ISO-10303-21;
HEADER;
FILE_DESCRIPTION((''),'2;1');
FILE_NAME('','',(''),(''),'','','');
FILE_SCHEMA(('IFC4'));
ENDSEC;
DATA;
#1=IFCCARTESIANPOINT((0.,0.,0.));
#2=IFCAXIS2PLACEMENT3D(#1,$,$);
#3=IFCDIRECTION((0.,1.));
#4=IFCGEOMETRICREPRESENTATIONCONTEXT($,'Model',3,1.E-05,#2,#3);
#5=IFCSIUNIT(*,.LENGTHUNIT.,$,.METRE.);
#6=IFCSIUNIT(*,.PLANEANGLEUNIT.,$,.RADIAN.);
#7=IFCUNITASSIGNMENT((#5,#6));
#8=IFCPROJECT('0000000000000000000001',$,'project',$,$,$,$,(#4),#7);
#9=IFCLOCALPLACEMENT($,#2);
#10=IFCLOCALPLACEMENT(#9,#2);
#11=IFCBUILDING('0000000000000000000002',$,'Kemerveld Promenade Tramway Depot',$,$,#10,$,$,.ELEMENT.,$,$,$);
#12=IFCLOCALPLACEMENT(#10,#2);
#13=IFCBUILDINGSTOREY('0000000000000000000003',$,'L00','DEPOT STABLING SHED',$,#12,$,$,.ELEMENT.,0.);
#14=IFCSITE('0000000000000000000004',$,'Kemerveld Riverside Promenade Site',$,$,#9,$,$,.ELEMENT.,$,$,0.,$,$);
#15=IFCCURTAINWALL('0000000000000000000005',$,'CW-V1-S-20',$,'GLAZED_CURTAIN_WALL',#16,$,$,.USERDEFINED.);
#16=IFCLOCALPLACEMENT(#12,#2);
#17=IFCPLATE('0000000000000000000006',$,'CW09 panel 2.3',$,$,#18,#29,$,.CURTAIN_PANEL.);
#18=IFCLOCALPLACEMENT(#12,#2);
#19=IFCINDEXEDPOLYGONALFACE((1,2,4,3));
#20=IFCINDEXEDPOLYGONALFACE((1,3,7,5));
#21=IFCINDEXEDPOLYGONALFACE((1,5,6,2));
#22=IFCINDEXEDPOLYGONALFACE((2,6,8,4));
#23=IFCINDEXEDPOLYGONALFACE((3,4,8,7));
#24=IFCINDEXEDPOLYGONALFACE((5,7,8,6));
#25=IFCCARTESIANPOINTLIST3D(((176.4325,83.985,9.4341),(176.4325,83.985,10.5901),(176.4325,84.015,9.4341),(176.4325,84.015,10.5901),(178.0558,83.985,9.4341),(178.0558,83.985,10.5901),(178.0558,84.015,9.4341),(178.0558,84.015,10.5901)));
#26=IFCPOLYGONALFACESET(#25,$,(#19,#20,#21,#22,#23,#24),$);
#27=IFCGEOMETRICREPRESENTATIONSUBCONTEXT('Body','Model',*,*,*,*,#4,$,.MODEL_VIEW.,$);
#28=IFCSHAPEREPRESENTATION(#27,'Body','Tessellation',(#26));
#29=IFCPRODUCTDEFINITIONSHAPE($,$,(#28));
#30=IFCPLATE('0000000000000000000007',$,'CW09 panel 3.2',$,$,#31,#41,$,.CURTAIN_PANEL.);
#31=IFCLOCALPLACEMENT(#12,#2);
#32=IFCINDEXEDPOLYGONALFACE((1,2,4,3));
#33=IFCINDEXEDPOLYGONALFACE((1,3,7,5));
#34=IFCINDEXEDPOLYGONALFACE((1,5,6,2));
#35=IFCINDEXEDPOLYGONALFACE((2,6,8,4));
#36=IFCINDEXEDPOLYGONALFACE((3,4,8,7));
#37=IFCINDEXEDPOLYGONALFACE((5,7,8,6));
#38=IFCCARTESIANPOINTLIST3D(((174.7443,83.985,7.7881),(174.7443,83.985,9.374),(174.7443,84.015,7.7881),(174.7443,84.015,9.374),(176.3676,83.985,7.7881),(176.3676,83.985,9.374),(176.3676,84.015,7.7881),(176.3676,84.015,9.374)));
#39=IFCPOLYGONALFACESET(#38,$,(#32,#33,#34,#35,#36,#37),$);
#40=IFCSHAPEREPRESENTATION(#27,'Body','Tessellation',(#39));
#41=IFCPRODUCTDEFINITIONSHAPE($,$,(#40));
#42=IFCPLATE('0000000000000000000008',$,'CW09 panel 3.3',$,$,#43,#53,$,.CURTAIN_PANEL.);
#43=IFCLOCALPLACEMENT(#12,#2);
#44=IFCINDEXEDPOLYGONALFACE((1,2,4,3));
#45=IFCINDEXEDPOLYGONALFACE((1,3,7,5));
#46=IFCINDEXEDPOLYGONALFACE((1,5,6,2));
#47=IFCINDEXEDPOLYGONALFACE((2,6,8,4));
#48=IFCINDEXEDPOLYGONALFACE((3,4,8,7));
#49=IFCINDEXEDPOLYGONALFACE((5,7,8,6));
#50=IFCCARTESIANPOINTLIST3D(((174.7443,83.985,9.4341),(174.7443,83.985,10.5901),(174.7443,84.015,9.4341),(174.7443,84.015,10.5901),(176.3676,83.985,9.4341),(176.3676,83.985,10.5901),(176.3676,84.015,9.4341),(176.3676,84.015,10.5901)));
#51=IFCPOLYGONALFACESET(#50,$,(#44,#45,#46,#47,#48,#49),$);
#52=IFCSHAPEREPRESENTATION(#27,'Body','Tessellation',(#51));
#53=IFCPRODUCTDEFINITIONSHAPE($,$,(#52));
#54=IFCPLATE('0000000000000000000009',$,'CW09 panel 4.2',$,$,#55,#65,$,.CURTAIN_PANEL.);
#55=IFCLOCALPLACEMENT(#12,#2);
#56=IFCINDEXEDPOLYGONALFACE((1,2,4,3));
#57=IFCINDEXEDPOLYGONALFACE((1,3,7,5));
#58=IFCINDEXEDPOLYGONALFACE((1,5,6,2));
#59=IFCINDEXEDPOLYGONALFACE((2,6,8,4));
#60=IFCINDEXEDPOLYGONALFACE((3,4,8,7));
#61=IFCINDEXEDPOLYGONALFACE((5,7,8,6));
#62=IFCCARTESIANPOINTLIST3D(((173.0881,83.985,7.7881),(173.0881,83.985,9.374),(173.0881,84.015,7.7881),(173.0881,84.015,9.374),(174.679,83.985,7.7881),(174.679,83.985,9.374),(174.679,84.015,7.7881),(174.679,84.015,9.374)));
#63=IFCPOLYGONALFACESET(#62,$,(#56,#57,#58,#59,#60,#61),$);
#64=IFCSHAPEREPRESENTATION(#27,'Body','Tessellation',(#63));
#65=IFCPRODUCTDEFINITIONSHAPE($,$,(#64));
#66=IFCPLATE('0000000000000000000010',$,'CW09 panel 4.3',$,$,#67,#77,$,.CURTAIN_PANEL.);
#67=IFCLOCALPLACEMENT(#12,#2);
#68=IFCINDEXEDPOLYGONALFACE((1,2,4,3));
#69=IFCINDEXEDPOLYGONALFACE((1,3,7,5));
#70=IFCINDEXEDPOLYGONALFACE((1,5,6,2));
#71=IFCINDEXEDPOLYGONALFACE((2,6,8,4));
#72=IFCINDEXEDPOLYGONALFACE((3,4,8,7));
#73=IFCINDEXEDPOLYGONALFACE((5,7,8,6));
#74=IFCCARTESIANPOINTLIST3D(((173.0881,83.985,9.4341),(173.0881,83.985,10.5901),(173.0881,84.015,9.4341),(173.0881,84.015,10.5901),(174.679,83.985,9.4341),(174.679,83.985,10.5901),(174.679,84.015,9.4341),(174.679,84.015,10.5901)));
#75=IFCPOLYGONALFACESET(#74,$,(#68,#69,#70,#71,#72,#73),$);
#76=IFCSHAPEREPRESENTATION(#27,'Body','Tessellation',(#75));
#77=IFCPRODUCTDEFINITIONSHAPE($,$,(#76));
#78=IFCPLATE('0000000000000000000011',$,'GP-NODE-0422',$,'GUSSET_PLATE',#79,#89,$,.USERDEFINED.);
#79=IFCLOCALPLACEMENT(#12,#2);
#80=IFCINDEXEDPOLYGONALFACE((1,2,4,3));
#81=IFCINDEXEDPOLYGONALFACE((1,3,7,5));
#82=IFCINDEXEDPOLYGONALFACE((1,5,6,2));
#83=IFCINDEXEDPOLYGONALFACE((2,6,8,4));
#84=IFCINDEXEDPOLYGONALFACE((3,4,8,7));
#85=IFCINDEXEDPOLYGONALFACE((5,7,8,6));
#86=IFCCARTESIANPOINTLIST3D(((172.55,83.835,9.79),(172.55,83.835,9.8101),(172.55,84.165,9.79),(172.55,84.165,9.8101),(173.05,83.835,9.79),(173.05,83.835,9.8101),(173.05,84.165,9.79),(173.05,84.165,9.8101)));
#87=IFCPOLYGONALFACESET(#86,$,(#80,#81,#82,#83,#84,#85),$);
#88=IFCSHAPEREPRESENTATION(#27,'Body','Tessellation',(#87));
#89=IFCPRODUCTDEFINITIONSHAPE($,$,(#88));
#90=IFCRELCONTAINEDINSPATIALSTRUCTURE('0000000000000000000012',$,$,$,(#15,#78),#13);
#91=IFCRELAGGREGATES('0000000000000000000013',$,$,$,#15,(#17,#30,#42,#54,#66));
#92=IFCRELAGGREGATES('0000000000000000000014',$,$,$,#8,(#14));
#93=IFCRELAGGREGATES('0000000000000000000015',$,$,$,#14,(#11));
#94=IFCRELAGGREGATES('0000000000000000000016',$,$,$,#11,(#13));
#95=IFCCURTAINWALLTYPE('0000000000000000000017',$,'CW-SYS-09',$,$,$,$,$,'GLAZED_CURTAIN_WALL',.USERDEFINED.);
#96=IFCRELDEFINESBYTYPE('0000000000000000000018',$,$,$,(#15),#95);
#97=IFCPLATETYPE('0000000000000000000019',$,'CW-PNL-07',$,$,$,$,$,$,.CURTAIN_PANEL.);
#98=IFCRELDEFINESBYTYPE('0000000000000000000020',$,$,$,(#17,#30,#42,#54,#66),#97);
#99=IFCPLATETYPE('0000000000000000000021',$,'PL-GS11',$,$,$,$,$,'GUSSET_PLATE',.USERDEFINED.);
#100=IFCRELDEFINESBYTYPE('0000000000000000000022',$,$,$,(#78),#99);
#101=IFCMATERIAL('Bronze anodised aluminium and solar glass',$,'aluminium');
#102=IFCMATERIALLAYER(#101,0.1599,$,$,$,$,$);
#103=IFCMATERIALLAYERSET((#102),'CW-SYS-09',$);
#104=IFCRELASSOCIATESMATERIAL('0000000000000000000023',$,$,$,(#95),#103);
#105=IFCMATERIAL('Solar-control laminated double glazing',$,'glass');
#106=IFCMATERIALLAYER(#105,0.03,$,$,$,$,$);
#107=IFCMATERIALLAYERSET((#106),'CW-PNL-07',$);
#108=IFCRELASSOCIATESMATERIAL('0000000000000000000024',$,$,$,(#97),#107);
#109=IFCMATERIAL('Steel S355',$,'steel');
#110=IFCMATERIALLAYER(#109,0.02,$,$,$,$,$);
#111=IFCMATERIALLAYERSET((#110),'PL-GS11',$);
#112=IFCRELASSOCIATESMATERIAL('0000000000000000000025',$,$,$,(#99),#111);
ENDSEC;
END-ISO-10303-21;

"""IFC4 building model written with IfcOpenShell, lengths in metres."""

from ifc_helpers import new_model, si_unit, direction, frame, origin, origin_2d, place, context, subcontext, project, spatial, rectangle, extrude, material, layer, layer_set, type_object, element, aggregate, save


model = new_model("IFC4")

# Units and contexts
model_context = context("Model", 3, precision=1e-05, world=origin(), true_north=direction((0.0, 1.0)))
body_context = subcontext(model_context, "Body", "Model", "MODEL_VIEW")
ifc_project = project(units=[si_unit("LENGTHUNIT", "METRE"), si_unit("PLANEANGLEUNIT", "RADIAN")], contexts=[model_context])

# Site, building, storey
site_placement = place(None, origin())
site = spatial("IfcSite", under=ifc_project, at=site_placement, Name="Kemerveld Riverside Promenade Site", CompositionType="ELEMENT", RefElevation=0.0)
building_placement = place(site_placement, origin())
building = spatial("IfcBuilding", under=site, at=building_placement, Name="Kemerveld Promenade Tramway Depot", CompositionType="ELEMENT")
storey_placement = place(building_placement, origin())
storey = spatial("IfcBuildingStorey", under=building, at=storey_placement, Name="L00", Description="DEPOT STABLING SHED", CompositionType="ELEMENT", Elevation=0.0)

# Shared definitions
ifc_material_1 = material(Name="Steel S355", Category="steel")

# Curtain wall
ifc_material_2 = material(Name="Bronze anodised aluminium and solar glass", Category="aluminium")
ifc_layer_1 = layer(ifc_material_2, 0.1599)
ifc_layer_set_1 = layer_set([ifc_layer_1], Name="CW-SYS-09")
curtain_wall_type_1 = type_object("IfcCurtainWallType", Name="CW-SYS-09", ElementType="GLAZED_CURTAIN_WALL", PredefinedType="USERDEFINED", material=ifc_layer_set_1)
curtain_wall_1_placement = place(storey_placement, origin())
curtain_wall_1 = element("IfcCurtainWall", 1, at=curtain_wall_1_placement, inside=storey, type_object=curtain_wall_type_1, Name="CW-V1-S-20", ObjectType="GLAZED_CURTAIN_WALL", PredefinedType="USERDEFINED")

# Plates
ifc_material_3 = material(Name="Solar-control laminated double glazing", Category="glass")
ifc_layer_2 = layer(ifc_material_3, 0.03)
ifc_layer_set_2 = layer_set([ifc_layer_2], Name="CW-PNL-07")
plate_type_1 = type_object("IfcPlateType", Name="CW-PNL-07", PredefinedType="CURTAIN_PANEL", material=ifc_layer_set_2)
plate_1_placement = place(storey_placement, frame((177.2441, 84.0, 9.4341), z_axis=(0.0, 0.0, 1.0), x_axis=(-1.0, 0.0, 0.0)))
plate_1 = element("IfcPlate", 2, at=plate_1_placement, type_object=plate_type_1, Name="CW09 panel 2.3", PredefinedType="CURTAIN_PANEL", context=body_context, shape_type="SweptSolid", body=[
    extrude(rectangle(XDim=1.6233, YDim=0.03, at=origin_2d()), origin(), (0.0, 0.0, 1.0), 1.156),
])
plate_2_placement = place(storey_placement, frame((175.5559, 84.0, 7.7881), z_axis=(0.0, 0.0, 1.0), x_axis=(-1.0, 0.0, 0.0)))
plate_2 = element("IfcPlate", 3, at=plate_2_placement, type_object=plate_type_1, Name="CW09 panel 3.2", PredefinedType="CURTAIN_PANEL", context=body_context, shape_type="SweptSolid", body=[
    extrude(rectangle(XDim=1.6233, YDim=0.03, at=origin_2d()), origin(), (0.0, 0.0, 1.0), 1.5859),
])
plate_3_placement = place(storey_placement, frame((175.5559, 84.0, 9.4341), z_axis=(0.0, 0.0, 1.0), x_axis=(-1.0, 0.0, 0.0)))
plate_3 = element("IfcPlate", 4, at=plate_3_placement, type_object=plate_type_1, Name="CW09 panel 3.3", PredefinedType="CURTAIN_PANEL", context=body_context, shape_type="SweptSolid", body=[
    extrude(rectangle(XDim=1.6233, YDim=0.03, at=origin_2d()), origin(), (0.0, 0.0, 1.0), 1.156),
])
plate_4_placement = place(storey_placement, frame((173.8835, 84.0, 7.7881), z_axis=(0.0, 0.0, 1.0), x_axis=(-1.0, 0.0, 0.0)))
plate_4 = element("IfcPlate", 5, at=plate_4_placement, type_object=plate_type_1, Name="CW09 panel 4.2", PredefinedType="CURTAIN_PANEL", context=body_context, shape_type="SweptSolid", body=[
    extrude(rectangle(XDim=1.5908, YDim=0.03, at=origin_2d()), origin(), (0.0, 0.0, 1.0), 1.5859),
])
plate_5_placement = place(storey_placement, frame((173.8835, 84.0, 9.4341), z_axis=(0.0, 0.0, 1.0), x_axis=(-1.0, 0.0, 0.0)))
plate_5 = element("IfcPlate", 6, at=plate_5_placement, type_object=plate_type_1, Name="CW09 panel 4.3", PredefinedType="CURTAIN_PANEL", context=body_context, shape_type="SweptSolid", body=[
    extrude(rectangle(XDim=1.5908, YDim=0.03, at=origin_2d()), origin(), (0.0, 0.0, 1.0), 1.156),
])
aggregate(curtain_wall_1, [plate_1, plate_2, plate_3, plate_4, plate_5])
ifc_layer_3 = layer(ifc_material_1, 0.02)
ifc_layer_set_3 = layer_set([ifc_layer_3], Name="PL-GS11")
plate_type_2 = type_object("IfcPlateType", Name="PL-GS11", ElementType="GUSSET_PLATE", PredefinedType="USERDEFINED", material=ifc_layer_set_3)
plate_6_placement = place(storey_placement, frame((172.8, 84.0, 9.79), z_axis=(0.0, 0.0, 1.0), x_axis=(1.0, 0.0, 0.0)))
element("IfcPlate", 7, at=plate_6_placement, inside=storey, type_object=plate_type_2, Name="GP-NODE-0422", ObjectType="GUSSET_PLATE", PredefinedType="USERDEFINED", context=body_context, shape_type="SweptSolid", body=[
    extrude(rectangle(XDim=0.5, YDim=0.3301, at=origin_2d()), origin(), (0.0, 0.0, 1.0), 0.02),
])

save(model, "model.ifc")
